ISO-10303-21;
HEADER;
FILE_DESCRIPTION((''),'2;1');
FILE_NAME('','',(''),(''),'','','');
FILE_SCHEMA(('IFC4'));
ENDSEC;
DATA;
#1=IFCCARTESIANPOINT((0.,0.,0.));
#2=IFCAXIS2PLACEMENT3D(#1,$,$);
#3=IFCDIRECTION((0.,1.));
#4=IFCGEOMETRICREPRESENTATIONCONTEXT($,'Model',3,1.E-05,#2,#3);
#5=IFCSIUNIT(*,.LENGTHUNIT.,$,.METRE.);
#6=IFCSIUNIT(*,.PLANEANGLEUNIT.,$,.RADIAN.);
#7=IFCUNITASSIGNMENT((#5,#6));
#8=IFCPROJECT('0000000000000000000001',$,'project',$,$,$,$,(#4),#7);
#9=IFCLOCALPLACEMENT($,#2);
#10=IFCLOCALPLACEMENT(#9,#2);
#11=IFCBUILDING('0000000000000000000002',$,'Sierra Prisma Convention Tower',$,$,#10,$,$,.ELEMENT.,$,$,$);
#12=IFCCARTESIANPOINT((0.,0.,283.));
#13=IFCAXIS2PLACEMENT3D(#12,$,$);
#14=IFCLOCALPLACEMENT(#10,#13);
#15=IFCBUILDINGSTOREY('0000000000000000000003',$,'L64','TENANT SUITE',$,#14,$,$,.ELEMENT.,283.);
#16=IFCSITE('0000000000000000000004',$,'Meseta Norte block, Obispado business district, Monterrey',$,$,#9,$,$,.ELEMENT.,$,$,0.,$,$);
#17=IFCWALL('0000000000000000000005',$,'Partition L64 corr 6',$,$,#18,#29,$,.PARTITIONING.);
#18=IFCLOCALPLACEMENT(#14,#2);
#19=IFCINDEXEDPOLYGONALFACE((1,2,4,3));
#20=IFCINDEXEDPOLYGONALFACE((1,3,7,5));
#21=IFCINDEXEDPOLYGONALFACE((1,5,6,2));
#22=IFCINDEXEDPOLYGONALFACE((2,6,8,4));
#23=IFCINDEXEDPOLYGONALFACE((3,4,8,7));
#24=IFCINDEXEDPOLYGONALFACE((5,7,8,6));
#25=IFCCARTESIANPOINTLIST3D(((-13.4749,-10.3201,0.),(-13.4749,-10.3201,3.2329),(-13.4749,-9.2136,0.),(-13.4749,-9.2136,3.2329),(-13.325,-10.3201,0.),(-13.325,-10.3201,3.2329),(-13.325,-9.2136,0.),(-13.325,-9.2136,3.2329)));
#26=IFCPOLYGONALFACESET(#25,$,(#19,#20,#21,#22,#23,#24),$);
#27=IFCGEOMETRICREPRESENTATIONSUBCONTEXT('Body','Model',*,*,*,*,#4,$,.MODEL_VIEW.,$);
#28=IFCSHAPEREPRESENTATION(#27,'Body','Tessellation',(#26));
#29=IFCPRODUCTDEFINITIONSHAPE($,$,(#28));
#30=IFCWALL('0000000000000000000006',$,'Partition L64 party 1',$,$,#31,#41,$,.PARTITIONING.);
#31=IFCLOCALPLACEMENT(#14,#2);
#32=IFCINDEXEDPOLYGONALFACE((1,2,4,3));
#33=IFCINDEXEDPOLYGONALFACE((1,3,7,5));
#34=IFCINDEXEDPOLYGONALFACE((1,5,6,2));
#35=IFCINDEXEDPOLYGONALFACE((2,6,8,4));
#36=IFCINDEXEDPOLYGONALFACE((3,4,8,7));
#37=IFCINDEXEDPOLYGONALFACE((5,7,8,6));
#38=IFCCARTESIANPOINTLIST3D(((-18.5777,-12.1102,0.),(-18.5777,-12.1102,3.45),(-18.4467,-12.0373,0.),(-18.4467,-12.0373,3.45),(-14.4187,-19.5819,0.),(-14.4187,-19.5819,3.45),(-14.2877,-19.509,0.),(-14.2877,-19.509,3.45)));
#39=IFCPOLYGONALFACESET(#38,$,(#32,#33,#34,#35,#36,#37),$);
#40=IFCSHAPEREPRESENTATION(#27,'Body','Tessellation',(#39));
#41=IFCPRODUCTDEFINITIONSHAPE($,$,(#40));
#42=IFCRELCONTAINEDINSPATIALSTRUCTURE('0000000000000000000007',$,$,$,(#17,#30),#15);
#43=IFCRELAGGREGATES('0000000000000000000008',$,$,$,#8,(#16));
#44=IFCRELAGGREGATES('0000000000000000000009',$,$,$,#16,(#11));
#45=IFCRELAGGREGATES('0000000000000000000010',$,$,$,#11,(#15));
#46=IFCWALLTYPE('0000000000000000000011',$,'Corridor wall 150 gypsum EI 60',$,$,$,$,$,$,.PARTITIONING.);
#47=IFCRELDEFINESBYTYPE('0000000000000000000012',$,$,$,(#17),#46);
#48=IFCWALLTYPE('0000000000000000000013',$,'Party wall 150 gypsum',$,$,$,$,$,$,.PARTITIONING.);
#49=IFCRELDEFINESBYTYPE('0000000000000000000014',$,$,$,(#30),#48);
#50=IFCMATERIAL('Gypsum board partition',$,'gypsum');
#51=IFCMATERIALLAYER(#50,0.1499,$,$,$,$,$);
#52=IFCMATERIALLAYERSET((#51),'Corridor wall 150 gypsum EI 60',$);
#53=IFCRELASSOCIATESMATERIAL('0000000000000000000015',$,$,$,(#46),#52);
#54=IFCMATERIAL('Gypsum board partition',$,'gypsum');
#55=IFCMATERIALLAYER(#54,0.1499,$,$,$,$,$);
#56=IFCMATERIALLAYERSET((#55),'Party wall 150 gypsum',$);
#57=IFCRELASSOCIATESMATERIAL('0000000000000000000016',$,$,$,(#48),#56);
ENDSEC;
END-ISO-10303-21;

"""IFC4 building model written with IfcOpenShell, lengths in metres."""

from ifc_helpers import new_model, si_unit, direction, frame, frame_2d, origin, place, context, subcontext, project, spatial, rectangle, extrude, material, layer, layer_set, type_object, element, save


model = new_model("IFC4")

# Units and contexts
model_context = context("Model", 3, precision=1e-05, world=origin(), true_north=direction((0.0, 1.0)))
body_context = subcontext(model_context, "Body", "Model", "MODEL_VIEW")
ifc_project = project(units=[si_unit("LENGTHUNIT", "METRE"), si_unit("PLANEANGLEUNIT", "RADIAN")], contexts=[model_context])

# Site, building, storey
site_placement = place(None, origin())
site = spatial("IfcSite", under=ifc_project, at=site_placement, Name="Meseta Norte block, Obispado business district, Monterrey", CompositionType="ELEMENT", RefElevation=0.0)
building_placement = place(site_placement, origin())
building = spatial("IfcBuilding", under=site, at=building_placement, Name="Sierra Prisma Convention Tower", CompositionType="ELEMENT")
storey_placement = place(building_placement, frame((0.0, 0.0, 283.0)))
storey = spatial("IfcBuildingStorey", under=building, at=storey_placement, Name="L64", Description="TENANT SUITE", CompositionType="ELEMENT", Elevation=283.0)

# Shared definitions
ifc_material_1 = material(Name="Gypsum board partition", Category="gypsum")
ifc_layer_1 = layer(ifc_material_1, 0.1499)
ifc_layer_set_1 = layer_set([ifc_layer_1], Name="Corridor wall 150 gypsum EI 60")
wall_type_1 = type_object("IfcWallType", Name="Corridor wall 150 gypsum EI 60", PredefinedType="PARTITIONING", material=ifc_layer_set_1)

# Walls
wall_1_placement = place(storey_placement, frame((-13.3999, -9.2136, 0.0), z_axis=(0.0, 0.0, 1.0), x_axis=(0.0, -1.0, 0.0)))
element("IfcWall", 1, at=wall_1_placement, inside=storey, type_object=wall_type_1, Name="Partition L64 corr 6", PredefinedType="PARTITIONING", context=body_context, shape_type="SweptSolid", body=[
    extrude(rectangle(XDim=1.1064, YDim=0.1499, at=frame_2d((0.5532, 0.0))), origin(), (0.0, 0.0, 1.0), 3.2329),
])
ifc_material_2 = material(Name="Gypsum board partition", Category="gypsum")
ifc_layer_2 = layer(ifc_material_2, 0.1499)
ifc_layer_set_2 = layer_set([ifc_layer_2], Name="Party wall 150 gypsum")
wall_type_2 = type_object("IfcWallType", Name="Party wall 150 gypsum", PredefinedType="PARTITIONING", material=ifc_layer_set_2)
wall_2_placement = place(storey_placement, frame((-18.5122, -12.0737, 0.0), z_axis=(0.0, 0.0, 1.0), x_axis=(0.486358, -0.87376, 0.0)))
element("IfcWall", 2, at=wall_2_placement, inside=storey, type_object=wall_type_2, Name="Partition L64 party 1", PredefinedType="PARTITIONING", context=body_context, shape_type="SweptSolid", body=[
    extrude(rectangle(XDim=8.5513, YDim=0.1499, at=frame_2d((4.2756, 0.0))), origin(), (0.0, 0.0, 1.0), 3.45),
])

save(model, "model.ifc")
